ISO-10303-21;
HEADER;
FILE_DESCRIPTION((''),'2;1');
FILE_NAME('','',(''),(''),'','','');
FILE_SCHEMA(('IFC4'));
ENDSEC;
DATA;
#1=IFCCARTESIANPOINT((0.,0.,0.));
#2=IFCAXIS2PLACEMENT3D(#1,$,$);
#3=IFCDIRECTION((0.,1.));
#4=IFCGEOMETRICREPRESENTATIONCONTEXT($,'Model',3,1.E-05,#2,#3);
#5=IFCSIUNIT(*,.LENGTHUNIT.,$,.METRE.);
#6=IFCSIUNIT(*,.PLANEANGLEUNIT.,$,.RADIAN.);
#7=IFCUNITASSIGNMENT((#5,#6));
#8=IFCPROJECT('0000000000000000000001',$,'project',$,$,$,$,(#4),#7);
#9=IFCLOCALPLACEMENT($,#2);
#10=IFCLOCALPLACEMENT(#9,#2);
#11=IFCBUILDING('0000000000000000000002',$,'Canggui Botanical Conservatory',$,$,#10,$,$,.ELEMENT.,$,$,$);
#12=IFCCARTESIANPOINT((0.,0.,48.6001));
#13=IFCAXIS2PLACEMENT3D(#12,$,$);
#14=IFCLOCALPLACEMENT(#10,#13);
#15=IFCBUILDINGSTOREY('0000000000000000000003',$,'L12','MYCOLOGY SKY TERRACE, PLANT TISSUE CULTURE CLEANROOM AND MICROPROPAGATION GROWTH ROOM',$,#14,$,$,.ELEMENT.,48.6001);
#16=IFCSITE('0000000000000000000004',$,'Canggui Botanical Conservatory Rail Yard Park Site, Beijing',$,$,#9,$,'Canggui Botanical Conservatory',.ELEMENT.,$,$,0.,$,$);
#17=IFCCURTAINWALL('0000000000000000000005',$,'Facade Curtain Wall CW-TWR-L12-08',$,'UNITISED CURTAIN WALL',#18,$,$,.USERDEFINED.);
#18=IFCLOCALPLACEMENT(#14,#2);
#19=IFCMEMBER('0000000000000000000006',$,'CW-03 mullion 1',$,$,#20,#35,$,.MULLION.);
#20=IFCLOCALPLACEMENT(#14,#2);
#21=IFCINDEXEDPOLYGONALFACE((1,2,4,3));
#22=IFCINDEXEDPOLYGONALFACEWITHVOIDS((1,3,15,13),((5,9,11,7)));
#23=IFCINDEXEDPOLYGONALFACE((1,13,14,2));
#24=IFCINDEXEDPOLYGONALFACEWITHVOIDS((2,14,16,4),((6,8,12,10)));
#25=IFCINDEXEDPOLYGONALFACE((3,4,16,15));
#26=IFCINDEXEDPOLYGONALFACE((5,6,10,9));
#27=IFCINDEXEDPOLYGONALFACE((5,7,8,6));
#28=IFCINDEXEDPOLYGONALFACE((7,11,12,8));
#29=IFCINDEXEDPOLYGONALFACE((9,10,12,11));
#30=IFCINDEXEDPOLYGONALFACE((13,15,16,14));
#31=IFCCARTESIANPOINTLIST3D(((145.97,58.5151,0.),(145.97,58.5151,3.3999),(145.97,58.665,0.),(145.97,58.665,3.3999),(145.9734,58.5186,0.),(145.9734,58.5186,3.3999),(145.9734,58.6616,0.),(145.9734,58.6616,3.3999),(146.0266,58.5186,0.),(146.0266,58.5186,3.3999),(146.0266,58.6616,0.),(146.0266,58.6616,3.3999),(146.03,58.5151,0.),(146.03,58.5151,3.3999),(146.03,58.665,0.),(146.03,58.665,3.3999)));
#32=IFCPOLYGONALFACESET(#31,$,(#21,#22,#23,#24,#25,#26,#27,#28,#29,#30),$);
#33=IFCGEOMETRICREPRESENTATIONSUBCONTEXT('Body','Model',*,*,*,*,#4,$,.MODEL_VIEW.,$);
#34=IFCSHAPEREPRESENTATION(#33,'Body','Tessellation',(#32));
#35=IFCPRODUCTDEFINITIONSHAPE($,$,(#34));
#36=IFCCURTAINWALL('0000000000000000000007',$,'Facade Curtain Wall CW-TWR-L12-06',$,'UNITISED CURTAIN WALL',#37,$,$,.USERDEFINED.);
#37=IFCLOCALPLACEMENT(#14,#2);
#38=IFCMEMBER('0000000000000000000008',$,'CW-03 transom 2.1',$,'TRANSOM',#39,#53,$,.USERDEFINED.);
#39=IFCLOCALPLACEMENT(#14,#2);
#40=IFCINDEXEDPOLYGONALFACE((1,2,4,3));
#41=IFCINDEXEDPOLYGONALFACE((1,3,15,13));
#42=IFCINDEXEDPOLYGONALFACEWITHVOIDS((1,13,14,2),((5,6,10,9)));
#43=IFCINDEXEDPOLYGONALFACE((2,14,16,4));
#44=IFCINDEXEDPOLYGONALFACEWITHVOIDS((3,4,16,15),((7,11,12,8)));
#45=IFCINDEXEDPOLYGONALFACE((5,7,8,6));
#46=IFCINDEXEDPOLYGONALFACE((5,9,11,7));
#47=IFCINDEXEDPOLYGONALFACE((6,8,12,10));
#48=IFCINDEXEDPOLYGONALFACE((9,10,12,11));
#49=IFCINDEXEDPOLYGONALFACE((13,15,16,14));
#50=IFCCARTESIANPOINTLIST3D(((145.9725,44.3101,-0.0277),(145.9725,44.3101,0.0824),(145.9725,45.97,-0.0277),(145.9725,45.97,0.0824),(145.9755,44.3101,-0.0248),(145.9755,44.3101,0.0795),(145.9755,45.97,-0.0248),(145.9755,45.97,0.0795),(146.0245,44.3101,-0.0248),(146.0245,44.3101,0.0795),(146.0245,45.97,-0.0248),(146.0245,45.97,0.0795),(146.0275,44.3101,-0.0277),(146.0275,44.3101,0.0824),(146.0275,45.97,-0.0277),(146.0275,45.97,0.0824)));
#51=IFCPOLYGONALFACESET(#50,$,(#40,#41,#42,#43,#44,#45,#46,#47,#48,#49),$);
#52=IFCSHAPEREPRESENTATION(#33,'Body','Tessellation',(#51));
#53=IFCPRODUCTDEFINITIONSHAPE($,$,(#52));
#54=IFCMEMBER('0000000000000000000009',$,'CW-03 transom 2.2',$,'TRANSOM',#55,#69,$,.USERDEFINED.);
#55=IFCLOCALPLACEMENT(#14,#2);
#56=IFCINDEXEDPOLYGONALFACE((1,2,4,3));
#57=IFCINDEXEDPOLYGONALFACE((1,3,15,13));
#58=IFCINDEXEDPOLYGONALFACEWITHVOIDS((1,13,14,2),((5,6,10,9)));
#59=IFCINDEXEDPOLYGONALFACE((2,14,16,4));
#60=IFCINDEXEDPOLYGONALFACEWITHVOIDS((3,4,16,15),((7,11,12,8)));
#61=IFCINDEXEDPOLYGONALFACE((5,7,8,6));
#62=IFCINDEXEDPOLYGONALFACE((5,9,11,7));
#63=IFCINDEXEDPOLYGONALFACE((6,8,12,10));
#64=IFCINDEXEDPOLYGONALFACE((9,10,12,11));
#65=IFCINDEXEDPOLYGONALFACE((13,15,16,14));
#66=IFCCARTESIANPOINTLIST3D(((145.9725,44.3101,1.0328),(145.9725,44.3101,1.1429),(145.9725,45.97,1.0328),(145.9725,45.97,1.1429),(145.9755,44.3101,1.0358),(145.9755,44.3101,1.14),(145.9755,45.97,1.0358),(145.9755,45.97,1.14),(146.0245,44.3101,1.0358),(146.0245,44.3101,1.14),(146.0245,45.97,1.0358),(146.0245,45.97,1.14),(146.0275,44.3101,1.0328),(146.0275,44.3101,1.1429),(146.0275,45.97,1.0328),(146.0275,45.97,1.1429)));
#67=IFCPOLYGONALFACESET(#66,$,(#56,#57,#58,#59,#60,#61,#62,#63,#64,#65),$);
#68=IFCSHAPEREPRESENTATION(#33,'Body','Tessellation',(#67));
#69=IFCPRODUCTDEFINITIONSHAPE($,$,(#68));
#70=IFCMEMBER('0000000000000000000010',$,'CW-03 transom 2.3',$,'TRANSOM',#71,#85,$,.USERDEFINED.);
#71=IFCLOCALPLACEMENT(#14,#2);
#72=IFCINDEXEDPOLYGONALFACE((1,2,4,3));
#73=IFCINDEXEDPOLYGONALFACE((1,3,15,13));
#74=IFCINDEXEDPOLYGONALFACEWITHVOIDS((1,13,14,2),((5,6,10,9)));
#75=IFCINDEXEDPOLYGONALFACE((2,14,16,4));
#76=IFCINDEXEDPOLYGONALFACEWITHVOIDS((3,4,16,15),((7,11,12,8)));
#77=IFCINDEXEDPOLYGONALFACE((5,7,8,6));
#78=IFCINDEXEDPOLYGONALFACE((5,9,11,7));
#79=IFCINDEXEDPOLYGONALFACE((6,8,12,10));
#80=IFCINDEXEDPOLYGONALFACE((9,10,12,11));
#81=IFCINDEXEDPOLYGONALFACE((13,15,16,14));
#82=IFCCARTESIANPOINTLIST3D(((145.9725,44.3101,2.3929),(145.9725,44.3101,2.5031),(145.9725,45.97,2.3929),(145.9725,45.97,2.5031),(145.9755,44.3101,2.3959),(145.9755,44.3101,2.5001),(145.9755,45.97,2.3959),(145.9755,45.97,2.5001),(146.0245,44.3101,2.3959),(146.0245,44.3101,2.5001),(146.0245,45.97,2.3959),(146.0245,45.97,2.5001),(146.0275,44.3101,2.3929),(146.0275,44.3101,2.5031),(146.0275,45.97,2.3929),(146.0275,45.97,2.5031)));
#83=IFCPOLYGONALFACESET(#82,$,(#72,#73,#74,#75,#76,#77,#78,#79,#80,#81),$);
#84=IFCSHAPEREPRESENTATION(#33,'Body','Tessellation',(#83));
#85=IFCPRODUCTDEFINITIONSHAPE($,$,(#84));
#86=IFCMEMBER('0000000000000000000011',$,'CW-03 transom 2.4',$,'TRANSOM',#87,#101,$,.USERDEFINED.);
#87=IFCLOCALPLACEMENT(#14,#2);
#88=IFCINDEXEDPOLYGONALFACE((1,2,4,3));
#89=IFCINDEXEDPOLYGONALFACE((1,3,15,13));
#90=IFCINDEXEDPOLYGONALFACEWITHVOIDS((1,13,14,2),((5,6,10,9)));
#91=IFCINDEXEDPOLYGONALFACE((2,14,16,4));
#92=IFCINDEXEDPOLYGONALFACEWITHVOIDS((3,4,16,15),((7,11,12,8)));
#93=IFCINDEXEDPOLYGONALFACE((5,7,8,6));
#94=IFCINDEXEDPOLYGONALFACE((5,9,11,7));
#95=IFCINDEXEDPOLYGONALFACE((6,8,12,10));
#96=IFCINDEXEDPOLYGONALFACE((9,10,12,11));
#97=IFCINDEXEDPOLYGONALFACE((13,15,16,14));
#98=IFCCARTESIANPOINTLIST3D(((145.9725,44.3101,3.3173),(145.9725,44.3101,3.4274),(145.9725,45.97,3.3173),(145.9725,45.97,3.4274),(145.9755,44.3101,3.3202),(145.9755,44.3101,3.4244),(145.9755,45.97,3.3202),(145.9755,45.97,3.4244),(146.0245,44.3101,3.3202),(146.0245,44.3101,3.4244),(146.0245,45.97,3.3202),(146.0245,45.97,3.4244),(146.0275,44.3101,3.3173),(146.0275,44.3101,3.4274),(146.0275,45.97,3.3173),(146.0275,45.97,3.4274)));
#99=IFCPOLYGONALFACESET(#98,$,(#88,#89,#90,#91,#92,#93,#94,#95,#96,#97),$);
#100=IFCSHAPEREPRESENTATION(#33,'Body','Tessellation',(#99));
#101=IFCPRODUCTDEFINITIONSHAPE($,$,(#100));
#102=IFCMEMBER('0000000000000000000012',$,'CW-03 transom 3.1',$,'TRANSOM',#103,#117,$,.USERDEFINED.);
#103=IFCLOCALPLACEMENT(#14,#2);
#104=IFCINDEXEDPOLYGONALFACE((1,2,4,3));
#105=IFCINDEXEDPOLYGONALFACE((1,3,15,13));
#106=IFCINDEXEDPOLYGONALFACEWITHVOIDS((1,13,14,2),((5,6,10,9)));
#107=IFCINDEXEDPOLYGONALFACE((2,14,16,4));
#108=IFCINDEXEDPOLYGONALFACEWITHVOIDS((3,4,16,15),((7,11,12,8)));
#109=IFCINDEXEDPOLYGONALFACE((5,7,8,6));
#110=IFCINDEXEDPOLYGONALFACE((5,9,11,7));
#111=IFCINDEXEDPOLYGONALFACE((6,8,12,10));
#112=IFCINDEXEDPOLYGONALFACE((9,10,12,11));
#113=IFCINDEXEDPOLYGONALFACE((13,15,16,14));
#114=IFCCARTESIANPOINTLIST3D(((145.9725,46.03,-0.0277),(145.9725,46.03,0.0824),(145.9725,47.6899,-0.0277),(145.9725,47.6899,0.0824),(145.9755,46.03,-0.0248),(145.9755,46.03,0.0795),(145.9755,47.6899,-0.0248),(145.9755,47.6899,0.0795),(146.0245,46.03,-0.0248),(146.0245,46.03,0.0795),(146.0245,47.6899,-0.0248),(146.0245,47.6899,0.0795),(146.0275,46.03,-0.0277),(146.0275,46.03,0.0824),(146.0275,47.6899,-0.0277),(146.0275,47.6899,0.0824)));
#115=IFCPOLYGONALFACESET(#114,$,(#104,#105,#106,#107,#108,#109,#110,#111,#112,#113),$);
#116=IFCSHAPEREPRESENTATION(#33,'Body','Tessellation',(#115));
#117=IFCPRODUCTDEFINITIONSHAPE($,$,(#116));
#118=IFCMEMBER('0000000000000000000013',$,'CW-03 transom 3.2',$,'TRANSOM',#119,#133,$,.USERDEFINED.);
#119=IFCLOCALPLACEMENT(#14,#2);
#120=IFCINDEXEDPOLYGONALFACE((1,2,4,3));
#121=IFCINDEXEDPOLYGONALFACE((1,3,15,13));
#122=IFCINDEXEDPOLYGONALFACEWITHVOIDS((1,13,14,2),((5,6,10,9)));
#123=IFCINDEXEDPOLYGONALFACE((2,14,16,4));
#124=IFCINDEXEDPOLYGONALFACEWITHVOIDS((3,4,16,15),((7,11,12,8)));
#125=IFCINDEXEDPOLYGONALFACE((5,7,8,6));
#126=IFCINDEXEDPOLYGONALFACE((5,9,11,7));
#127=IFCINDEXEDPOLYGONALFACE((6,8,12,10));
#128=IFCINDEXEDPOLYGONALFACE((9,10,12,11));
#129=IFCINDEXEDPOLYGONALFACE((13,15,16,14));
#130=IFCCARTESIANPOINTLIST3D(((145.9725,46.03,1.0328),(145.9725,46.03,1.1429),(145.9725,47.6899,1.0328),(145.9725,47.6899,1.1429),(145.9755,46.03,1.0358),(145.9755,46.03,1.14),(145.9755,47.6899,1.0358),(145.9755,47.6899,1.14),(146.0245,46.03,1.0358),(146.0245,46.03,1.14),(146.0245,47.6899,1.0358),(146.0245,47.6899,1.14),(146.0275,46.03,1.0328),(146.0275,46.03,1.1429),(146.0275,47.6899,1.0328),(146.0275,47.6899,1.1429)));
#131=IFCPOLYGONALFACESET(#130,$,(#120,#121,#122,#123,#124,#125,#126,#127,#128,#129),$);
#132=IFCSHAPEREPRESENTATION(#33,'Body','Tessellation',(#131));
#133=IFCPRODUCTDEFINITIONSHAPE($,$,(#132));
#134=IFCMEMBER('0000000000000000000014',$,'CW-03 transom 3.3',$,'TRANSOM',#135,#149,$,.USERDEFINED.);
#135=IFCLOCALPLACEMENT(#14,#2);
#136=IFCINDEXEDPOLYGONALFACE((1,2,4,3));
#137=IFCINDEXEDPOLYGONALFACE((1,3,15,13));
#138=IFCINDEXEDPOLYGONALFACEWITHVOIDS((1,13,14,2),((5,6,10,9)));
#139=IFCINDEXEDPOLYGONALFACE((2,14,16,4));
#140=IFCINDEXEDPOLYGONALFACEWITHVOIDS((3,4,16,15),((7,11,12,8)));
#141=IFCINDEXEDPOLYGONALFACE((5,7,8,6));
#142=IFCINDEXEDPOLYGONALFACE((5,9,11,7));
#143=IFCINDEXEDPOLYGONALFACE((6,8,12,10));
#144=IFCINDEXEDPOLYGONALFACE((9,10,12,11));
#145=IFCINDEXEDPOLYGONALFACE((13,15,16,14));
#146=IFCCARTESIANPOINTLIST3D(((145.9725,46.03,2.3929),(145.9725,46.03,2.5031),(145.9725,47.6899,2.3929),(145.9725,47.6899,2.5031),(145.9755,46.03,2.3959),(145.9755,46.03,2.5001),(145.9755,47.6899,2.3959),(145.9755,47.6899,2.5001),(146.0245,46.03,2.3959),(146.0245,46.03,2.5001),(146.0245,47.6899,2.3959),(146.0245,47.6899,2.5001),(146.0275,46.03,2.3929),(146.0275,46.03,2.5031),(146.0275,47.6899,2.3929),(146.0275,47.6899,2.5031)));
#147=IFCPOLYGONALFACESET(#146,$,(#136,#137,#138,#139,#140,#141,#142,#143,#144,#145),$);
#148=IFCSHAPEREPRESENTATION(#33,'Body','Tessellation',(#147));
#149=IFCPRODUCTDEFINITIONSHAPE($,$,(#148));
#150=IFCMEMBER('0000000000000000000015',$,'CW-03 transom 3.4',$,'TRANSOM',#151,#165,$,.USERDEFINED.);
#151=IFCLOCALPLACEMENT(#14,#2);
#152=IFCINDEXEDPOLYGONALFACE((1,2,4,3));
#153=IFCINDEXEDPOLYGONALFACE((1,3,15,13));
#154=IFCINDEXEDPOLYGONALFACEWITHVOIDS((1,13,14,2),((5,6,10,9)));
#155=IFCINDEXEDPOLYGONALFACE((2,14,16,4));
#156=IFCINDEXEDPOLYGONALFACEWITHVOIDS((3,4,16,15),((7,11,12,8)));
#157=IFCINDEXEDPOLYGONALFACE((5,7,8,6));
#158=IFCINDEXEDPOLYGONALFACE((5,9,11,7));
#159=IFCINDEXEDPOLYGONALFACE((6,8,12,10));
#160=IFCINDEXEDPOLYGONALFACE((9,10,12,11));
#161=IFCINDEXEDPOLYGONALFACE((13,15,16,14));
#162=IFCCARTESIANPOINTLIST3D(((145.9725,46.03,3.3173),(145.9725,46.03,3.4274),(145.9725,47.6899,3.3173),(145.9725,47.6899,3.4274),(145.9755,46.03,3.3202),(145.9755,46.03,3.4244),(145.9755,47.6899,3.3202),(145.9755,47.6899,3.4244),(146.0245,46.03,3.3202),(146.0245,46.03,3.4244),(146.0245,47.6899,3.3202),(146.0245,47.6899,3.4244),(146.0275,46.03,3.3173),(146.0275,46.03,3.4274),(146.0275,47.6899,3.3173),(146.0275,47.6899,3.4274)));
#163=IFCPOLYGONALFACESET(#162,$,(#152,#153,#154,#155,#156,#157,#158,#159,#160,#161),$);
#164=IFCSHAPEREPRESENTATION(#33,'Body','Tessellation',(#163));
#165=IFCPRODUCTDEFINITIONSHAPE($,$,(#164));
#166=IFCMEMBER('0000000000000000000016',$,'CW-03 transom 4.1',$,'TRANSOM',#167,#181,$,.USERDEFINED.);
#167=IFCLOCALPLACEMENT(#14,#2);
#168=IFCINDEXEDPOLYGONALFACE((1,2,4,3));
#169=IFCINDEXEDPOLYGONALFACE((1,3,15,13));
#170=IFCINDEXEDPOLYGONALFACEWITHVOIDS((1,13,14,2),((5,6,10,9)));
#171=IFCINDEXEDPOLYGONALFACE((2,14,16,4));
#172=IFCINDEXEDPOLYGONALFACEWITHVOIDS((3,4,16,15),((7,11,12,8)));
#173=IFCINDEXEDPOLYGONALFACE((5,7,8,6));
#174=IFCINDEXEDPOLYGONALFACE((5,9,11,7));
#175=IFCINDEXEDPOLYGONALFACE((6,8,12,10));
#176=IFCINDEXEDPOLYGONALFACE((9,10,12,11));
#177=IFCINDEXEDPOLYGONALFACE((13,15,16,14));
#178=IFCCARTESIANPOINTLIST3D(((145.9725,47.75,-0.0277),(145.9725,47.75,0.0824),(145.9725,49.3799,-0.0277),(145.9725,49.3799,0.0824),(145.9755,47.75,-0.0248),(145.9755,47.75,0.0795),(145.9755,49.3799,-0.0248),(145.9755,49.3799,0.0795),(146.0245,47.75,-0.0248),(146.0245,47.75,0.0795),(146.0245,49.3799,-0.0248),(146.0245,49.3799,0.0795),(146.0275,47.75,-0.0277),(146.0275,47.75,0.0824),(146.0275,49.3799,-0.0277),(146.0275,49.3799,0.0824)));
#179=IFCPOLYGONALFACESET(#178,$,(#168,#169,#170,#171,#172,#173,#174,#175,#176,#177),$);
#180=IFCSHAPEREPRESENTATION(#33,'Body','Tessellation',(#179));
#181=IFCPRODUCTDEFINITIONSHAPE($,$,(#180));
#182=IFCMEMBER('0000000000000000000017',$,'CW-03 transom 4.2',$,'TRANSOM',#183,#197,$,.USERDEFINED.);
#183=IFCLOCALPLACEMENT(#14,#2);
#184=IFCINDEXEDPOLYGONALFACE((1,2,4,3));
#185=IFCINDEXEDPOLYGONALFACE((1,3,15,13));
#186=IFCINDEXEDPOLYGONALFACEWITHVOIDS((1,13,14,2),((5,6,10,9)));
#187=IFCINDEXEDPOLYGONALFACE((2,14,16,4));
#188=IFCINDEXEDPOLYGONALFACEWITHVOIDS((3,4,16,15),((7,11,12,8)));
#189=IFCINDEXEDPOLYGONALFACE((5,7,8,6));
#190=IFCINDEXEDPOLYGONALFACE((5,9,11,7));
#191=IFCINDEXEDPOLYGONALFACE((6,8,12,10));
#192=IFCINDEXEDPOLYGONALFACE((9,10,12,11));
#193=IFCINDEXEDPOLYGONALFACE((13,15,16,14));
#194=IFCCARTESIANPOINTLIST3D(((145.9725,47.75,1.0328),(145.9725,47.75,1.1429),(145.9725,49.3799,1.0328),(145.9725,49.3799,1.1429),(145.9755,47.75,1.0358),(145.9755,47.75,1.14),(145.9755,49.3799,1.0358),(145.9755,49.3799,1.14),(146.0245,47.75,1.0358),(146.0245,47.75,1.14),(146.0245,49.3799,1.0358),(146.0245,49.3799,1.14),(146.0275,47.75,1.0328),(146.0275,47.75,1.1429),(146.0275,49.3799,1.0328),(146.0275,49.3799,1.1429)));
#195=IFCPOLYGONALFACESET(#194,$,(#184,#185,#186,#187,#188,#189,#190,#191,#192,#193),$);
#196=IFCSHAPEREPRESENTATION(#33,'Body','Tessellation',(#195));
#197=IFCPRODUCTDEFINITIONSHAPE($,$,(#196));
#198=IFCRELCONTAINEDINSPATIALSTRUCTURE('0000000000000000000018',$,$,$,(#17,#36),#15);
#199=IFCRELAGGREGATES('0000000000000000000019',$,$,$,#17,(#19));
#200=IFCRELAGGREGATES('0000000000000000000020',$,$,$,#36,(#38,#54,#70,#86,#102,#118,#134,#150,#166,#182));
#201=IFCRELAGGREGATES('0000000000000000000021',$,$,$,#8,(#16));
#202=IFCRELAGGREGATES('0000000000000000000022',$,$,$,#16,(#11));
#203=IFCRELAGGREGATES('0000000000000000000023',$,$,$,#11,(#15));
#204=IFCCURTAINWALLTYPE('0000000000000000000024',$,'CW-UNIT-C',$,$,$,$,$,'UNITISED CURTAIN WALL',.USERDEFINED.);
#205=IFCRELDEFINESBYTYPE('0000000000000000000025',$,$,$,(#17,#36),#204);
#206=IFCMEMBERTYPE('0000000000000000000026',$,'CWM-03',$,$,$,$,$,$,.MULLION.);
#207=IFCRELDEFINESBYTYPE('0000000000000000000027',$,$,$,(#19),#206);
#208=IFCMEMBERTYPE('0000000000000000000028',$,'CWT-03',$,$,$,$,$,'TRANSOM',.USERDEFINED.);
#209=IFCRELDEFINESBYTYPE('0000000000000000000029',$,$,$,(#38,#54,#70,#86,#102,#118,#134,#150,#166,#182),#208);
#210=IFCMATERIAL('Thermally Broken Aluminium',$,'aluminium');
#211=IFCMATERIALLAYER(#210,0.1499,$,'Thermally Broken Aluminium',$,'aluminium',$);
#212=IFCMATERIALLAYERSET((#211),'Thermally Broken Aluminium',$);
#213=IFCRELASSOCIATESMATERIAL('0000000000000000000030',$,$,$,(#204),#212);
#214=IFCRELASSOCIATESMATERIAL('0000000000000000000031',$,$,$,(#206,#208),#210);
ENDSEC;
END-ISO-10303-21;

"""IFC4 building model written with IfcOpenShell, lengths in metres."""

from ifc_helpers import new_model, si_unit, direction, frame, origin, origin_2d, place, context, subcontext, project, spatial, hollow_rectangle, extrude, material, layer, layer_set, material_profile, profile_set, type_object, element, aggregate, save


model = new_model("IFC4")

# Units and contexts
model_context = context("Model", 3, precision=1e-05, world=origin(), true_north=direction((0.0, 1.0)))
body_context = subcontext(model_context, "Body", "Model", "MODEL_VIEW")
ifc_project = project(units=[si_unit("LENGTHUNIT", "METRE"), si_unit("PLANEANGLEUNIT", "RADIAN")], contexts=[model_context])

# Site, building, storey
site_placement = place(None, origin())
site = spatial("IfcSite", under=ifc_project, at=site_placement, Name="Canggui Botanical Conservatory Rail Yard Park Site, Beijing", LongName="Canggui Botanical Conservatory", CompositionType="ELEMENT", RefElevation=0.0)
building_placement = place(site_placement, origin())
building = spatial("IfcBuilding", under=site, at=building_placement, Name="Canggui Botanical Conservatory", CompositionType="ELEMENT")
storey_placement = place(building_placement, frame((0.0, 0.0, 48.6001)))
storey = spatial("IfcBuildingStorey", under=building, at=storey_placement, Name="L12", Description="MYCOLOGY SKY TERRACE, PLANT TISSUE CULTURE CLEANROOM AND MICROPROPAGATION GROWTH ROOM", CompositionType="ELEMENT", Elevation=48.6001)

# Curtain wall, member
ifc_material_1 = material(Name="Thermally Broken Aluminium", Category="aluminium")
ifc_layer_1 = layer(ifc_material_1, 0.1499, Name="Thermally Broken Aluminium", Category="aluminium")
ifc_layer_set_1 = layer_set([ifc_layer_1], Name="Thermally Broken Aluminium")
curtain_wall_type = type_object("IfcCurtainWallType", Name="CW-UNIT-C", ElementType="UNITISED CURTAIN WALL", PredefinedType="USERDEFINED", material=ifc_layer_set_1)
curtain_wall_1_placement = place(storey_placement, origin())
curtain_wall_1 = element("IfcCurtainWall", 1, at=curtain_wall_1_placement, inside=storey, type_object=curtain_wall_type, Name="Facade Curtain Wall CW-TWR-L12-08", ObjectType="UNITISED CURTAIN WALL", PredefinedType="USERDEFINED")
ifc_material_profile_1 = material_profile(ifc_material_1, hollow_rectangle(XDim=0.0601, YDim=0.1499, WallThickness=0.0034, at=origin_2d()), Name="CWM 60x150x3.5")
ifc_profile_set_1 = profile_set([ifc_material_profile_1], Name="Thermally Broken Aluminium")
member_type_1 = type_object("IfcMemberType", Name="CWM-03", PredefinedType="MULLION", material=ifc_profile_set_1)
member_1_placement = place(storey_placement, frame((146.0, 58.5901, 0.0), z_axis=(0.0, 0.0, 1.0), x_axis=(-1.0, 0.0, 0.0)))
member_1 = element("IfcMember", 2, at=member_1_placement, type_object=member_type_1, Name="CW-03 mullion 1", PredefinedType="MULLION", context=body_context, shape_type="SweptSolid", body=[
    extrude(hollow_rectangle(XDim=0.0601, YDim=0.1499, WallThickness=0.0034, at=origin_2d()), origin(), (0.0, 0.0, 1.0), 3.3999),
])
aggregate(curtain_wall_1, [member_1])

# Curtain wall, members
curtain_wall_2_placement = place(storey_placement, origin())
curtain_wall_2 = element("IfcCurtainWall", 3, at=curtain_wall_2_placement, inside=storey, type_object=curtain_wall_type, Name="Facade Curtain Wall CW-TWR-L12-06", ObjectType="UNITISED CURTAIN WALL", PredefinedType="USERDEFINED")
ifc_material_profile_2 = material_profile(ifc_material_1, hollow_rectangle(XDim=0.0549, YDim=0.1101, WallThickness=0.0029, at=origin_2d()), Name="CWT 55x110x3")
ifc_profile_set_2 = profile_set([ifc_material_profile_2], Name="Thermally Broken Aluminium")
member_type_2 = type_object("IfcMemberType", Name="CWT-03", ElementType="TRANSOM", PredefinedType="USERDEFINED", material=ifc_profile_set_2)
member_2_placement = place(storey_placement, frame((146.0, 44.3101, 0.0273), z_axis=(0.0, 1.0, 0.0), x_axis=(-1.0, 0.0, 0.0)))
member_2 = element("IfcMember", 4, at=member_2_placement, type_object=member_type_2, Name="CW-03 transom 2.1", ObjectType="TRANSOM", PredefinedType="USERDEFINED", context=body_context, shape_type="SweptSolid", body=[
    extrude(hollow_rectangle(XDim=0.0549, YDim=0.1101, WallThickness=0.0029, at=origin_2d()), origin(), (0.0, 0.0, 1.0), 1.6599),
])
member_3_placement = place(storey_placement, frame((146.0, 44.3101, 1.0879), z_axis=(0.0, 1.0, 0.0), x_axis=(-1.0, 0.0, 0.0)))
member_3 = element("IfcMember", 5, at=member_3_placement, type_object=member_type_2, Name="CW-03 transom 2.2", ObjectType="TRANSOM", PredefinedType="USERDEFINED", context=body_context, shape_type="SweptSolid", body=[
    extrude(hollow_rectangle(XDim=0.0549, YDim=0.1101, WallThickness=0.0029, at=origin_2d()), origin(), (0.0, 0.0, 1.0), 1.6599),
])
member_4_placement = place(storey_placement, frame((146.0, 44.3101, 2.448), z_axis=(0.0, 1.0, 0.0), x_axis=(-1.0, 0.0, 0.0)))
member_4 = element("IfcMember", 6, at=member_4_placement, type_object=member_type_2, Name="CW-03 transom 2.3", ObjectType="TRANSOM", PredefinedType="USERDEFINED", context=body_context, shape_type="SweptSolid", body=[
    extrude(hollow_rectangle(XDim=0.0549, YDim=0.1101, WallThickness=0.0029, at=origin_2d()), origin(), (0.0, 0.0, 1.0), 1.6599),
])
member_5_placement = place(storey_placement, frame((146.0, 44.3101, 3.3723), z_axis=(0.0, 1.0, 0.0), x_axis=(-1.0, 0.0, 0.0)))
member_5 = element("IfcMember", 7, at=member_5_placement, type_object=member_type_2, Name="CW-03 transom 2.4", ObjectType="TRANSOM", PredefinedType="USERDEFINED", context=body_context, shape_type="SweptSolid", body=[
    extrude(hollow_rectangle(XDim=0.0549, YDim=0.1101, WallThickness=0.0029, at=origin_2d()), origin(), (0.0, 0.0, 1.0), 1.6599),
])
member_6_placement = place(storey_placement, frame((146.0, 46.03, 0.0273), z_axis=(0.0, 1.0, 0.0), x_axis=(-1.0, 0.0, 0.0)))
member_6 = element("IfcMember", 8, at=member_6_placement, type_object=member_type_2, Name="CW-03 transom 3.1", ObjectType="TRANSOM", PredefinedType="USERDEFINED", context=body_context, shape_type="SweptSolid", body=[
    extrude(hollow_rectangle(XDim=0.0549, YDim=0.1101, WallThickness=0.0029, at=origin_2d()), origin(), (0.0, 0.0, 1.0), 1.6599),
])
member_7_placement = place(storey_placement, frame((146.0, 46.03, 1.0879), z_axis=(0.0, 1.0, 0.0), x_axis=(-1.0, 0.0, 0.0)))
member_7 = element("IfcMember", 9, at=member_7_placement, type_object=member_type_2, Name="CW-03 transom 3.2", ObjectType="TRANSOM", PredefinedType="USERDEFINED", context=body_context, shape_type="SweptSolid", body=[
    extrude(hollow_rectangle(XDim=0.0549, YDim=0.1101, WallThickness=0.0029, at=origin_2d()), origin(), (0.0, 0.0, 1.0), 1.6599),
])
member_8_placement = place(storey_placement, frame((146.0, 46.03, 2.448), z_axis=(0.0, 1.0, 0.0), x_axis=(-1.0, 0.0, 0.0)))
member_8 = element("IfcMember", 10, at=member_8_placement, type_object=member_type_2, Name="CW-03 transom 3.3", ObjectType="TRANSOM", PredefinedType="USERDEFINED", context=body_context, shape_type="SweptSolid", body=[
    extrude(hollow_rectangle(XDim=0.0549, YDim=0.1101, WallThickness=0.0029, at=origin_2d()), origin(), (0.0, 0.0, 1.0), 1.6599),
])
member_9_placement = place(storey_placement, frame((146.0, 46.03, 3.3723), z_axis=(0.0, 1.0, 0.0), x_axis=(-1.0, 0.0, 0.0)))
member_9 = element("IfcMember", 11, at=member_9_placement, type_object=member_type_2, Name="CW-03 transom 3.4", ObjectType="TRANSOM", PredefinedType="USERDEFINED", context=body_context, shape_type="SweptSolid", body=[
    extrude(hollow_rectangle(XDim=0.0549, YDim=0.1101, WallThickness=0.0029, at=origin_2d()), origin(), (0.0, 0.0, 1.0), 1.6599),
])
member_10_placement = place(storey_placement, frame((146.0, 47.75, 0.0273), z_axis=(0.0, 1.0, 0.0), x_axis=(-1.0, 0.0, 0.0)))
member_10 = element("IfcMember", 12, at=member_10_placement, type_object=member_type_2, Name="CW-03 transom 4.1", ObjectType="TRANSOM", PredefinedType="USERDEFINED", context=body_context, shape_type="SweptSolid", body=[
    extrude(hollow_rectangle(XDim=0.0549, YDim=0.1101, WallThickness=0.0029, at=origin_2d()), origin(), (0.0, 0.0, 1.0), 1.6299),
])
member_11_placement = place(storey_placement, frame((146.0, 47.75, 1.0879), z_axis=(0.0, 1.0, 0.0), x_axis=(-1.0, 0.0, 0.0)))
member_11 = element("IfcMember", 13, at=member_11_placement, type_object=member_type_2, Name="CW-03 transom 4.2", ObjectType="TRANSOM", PredefinedType="USERDEFINED", context=body_context, shape_type="SweptSolid", body=[
    extrude(hollow_rectangle(XDim=0.0549, YDim=0.1101, WallThickness=0.0029, at=origin_2d()), origin(), (0.0, 0.0, 1.0), 1.6299),
])
aggregate(curtain_wall_2, [member_2, member_3, member_4, member_5, member_6, member_7, member_8, member_9, member_10, member_11])

save(model, "model.ifc")
